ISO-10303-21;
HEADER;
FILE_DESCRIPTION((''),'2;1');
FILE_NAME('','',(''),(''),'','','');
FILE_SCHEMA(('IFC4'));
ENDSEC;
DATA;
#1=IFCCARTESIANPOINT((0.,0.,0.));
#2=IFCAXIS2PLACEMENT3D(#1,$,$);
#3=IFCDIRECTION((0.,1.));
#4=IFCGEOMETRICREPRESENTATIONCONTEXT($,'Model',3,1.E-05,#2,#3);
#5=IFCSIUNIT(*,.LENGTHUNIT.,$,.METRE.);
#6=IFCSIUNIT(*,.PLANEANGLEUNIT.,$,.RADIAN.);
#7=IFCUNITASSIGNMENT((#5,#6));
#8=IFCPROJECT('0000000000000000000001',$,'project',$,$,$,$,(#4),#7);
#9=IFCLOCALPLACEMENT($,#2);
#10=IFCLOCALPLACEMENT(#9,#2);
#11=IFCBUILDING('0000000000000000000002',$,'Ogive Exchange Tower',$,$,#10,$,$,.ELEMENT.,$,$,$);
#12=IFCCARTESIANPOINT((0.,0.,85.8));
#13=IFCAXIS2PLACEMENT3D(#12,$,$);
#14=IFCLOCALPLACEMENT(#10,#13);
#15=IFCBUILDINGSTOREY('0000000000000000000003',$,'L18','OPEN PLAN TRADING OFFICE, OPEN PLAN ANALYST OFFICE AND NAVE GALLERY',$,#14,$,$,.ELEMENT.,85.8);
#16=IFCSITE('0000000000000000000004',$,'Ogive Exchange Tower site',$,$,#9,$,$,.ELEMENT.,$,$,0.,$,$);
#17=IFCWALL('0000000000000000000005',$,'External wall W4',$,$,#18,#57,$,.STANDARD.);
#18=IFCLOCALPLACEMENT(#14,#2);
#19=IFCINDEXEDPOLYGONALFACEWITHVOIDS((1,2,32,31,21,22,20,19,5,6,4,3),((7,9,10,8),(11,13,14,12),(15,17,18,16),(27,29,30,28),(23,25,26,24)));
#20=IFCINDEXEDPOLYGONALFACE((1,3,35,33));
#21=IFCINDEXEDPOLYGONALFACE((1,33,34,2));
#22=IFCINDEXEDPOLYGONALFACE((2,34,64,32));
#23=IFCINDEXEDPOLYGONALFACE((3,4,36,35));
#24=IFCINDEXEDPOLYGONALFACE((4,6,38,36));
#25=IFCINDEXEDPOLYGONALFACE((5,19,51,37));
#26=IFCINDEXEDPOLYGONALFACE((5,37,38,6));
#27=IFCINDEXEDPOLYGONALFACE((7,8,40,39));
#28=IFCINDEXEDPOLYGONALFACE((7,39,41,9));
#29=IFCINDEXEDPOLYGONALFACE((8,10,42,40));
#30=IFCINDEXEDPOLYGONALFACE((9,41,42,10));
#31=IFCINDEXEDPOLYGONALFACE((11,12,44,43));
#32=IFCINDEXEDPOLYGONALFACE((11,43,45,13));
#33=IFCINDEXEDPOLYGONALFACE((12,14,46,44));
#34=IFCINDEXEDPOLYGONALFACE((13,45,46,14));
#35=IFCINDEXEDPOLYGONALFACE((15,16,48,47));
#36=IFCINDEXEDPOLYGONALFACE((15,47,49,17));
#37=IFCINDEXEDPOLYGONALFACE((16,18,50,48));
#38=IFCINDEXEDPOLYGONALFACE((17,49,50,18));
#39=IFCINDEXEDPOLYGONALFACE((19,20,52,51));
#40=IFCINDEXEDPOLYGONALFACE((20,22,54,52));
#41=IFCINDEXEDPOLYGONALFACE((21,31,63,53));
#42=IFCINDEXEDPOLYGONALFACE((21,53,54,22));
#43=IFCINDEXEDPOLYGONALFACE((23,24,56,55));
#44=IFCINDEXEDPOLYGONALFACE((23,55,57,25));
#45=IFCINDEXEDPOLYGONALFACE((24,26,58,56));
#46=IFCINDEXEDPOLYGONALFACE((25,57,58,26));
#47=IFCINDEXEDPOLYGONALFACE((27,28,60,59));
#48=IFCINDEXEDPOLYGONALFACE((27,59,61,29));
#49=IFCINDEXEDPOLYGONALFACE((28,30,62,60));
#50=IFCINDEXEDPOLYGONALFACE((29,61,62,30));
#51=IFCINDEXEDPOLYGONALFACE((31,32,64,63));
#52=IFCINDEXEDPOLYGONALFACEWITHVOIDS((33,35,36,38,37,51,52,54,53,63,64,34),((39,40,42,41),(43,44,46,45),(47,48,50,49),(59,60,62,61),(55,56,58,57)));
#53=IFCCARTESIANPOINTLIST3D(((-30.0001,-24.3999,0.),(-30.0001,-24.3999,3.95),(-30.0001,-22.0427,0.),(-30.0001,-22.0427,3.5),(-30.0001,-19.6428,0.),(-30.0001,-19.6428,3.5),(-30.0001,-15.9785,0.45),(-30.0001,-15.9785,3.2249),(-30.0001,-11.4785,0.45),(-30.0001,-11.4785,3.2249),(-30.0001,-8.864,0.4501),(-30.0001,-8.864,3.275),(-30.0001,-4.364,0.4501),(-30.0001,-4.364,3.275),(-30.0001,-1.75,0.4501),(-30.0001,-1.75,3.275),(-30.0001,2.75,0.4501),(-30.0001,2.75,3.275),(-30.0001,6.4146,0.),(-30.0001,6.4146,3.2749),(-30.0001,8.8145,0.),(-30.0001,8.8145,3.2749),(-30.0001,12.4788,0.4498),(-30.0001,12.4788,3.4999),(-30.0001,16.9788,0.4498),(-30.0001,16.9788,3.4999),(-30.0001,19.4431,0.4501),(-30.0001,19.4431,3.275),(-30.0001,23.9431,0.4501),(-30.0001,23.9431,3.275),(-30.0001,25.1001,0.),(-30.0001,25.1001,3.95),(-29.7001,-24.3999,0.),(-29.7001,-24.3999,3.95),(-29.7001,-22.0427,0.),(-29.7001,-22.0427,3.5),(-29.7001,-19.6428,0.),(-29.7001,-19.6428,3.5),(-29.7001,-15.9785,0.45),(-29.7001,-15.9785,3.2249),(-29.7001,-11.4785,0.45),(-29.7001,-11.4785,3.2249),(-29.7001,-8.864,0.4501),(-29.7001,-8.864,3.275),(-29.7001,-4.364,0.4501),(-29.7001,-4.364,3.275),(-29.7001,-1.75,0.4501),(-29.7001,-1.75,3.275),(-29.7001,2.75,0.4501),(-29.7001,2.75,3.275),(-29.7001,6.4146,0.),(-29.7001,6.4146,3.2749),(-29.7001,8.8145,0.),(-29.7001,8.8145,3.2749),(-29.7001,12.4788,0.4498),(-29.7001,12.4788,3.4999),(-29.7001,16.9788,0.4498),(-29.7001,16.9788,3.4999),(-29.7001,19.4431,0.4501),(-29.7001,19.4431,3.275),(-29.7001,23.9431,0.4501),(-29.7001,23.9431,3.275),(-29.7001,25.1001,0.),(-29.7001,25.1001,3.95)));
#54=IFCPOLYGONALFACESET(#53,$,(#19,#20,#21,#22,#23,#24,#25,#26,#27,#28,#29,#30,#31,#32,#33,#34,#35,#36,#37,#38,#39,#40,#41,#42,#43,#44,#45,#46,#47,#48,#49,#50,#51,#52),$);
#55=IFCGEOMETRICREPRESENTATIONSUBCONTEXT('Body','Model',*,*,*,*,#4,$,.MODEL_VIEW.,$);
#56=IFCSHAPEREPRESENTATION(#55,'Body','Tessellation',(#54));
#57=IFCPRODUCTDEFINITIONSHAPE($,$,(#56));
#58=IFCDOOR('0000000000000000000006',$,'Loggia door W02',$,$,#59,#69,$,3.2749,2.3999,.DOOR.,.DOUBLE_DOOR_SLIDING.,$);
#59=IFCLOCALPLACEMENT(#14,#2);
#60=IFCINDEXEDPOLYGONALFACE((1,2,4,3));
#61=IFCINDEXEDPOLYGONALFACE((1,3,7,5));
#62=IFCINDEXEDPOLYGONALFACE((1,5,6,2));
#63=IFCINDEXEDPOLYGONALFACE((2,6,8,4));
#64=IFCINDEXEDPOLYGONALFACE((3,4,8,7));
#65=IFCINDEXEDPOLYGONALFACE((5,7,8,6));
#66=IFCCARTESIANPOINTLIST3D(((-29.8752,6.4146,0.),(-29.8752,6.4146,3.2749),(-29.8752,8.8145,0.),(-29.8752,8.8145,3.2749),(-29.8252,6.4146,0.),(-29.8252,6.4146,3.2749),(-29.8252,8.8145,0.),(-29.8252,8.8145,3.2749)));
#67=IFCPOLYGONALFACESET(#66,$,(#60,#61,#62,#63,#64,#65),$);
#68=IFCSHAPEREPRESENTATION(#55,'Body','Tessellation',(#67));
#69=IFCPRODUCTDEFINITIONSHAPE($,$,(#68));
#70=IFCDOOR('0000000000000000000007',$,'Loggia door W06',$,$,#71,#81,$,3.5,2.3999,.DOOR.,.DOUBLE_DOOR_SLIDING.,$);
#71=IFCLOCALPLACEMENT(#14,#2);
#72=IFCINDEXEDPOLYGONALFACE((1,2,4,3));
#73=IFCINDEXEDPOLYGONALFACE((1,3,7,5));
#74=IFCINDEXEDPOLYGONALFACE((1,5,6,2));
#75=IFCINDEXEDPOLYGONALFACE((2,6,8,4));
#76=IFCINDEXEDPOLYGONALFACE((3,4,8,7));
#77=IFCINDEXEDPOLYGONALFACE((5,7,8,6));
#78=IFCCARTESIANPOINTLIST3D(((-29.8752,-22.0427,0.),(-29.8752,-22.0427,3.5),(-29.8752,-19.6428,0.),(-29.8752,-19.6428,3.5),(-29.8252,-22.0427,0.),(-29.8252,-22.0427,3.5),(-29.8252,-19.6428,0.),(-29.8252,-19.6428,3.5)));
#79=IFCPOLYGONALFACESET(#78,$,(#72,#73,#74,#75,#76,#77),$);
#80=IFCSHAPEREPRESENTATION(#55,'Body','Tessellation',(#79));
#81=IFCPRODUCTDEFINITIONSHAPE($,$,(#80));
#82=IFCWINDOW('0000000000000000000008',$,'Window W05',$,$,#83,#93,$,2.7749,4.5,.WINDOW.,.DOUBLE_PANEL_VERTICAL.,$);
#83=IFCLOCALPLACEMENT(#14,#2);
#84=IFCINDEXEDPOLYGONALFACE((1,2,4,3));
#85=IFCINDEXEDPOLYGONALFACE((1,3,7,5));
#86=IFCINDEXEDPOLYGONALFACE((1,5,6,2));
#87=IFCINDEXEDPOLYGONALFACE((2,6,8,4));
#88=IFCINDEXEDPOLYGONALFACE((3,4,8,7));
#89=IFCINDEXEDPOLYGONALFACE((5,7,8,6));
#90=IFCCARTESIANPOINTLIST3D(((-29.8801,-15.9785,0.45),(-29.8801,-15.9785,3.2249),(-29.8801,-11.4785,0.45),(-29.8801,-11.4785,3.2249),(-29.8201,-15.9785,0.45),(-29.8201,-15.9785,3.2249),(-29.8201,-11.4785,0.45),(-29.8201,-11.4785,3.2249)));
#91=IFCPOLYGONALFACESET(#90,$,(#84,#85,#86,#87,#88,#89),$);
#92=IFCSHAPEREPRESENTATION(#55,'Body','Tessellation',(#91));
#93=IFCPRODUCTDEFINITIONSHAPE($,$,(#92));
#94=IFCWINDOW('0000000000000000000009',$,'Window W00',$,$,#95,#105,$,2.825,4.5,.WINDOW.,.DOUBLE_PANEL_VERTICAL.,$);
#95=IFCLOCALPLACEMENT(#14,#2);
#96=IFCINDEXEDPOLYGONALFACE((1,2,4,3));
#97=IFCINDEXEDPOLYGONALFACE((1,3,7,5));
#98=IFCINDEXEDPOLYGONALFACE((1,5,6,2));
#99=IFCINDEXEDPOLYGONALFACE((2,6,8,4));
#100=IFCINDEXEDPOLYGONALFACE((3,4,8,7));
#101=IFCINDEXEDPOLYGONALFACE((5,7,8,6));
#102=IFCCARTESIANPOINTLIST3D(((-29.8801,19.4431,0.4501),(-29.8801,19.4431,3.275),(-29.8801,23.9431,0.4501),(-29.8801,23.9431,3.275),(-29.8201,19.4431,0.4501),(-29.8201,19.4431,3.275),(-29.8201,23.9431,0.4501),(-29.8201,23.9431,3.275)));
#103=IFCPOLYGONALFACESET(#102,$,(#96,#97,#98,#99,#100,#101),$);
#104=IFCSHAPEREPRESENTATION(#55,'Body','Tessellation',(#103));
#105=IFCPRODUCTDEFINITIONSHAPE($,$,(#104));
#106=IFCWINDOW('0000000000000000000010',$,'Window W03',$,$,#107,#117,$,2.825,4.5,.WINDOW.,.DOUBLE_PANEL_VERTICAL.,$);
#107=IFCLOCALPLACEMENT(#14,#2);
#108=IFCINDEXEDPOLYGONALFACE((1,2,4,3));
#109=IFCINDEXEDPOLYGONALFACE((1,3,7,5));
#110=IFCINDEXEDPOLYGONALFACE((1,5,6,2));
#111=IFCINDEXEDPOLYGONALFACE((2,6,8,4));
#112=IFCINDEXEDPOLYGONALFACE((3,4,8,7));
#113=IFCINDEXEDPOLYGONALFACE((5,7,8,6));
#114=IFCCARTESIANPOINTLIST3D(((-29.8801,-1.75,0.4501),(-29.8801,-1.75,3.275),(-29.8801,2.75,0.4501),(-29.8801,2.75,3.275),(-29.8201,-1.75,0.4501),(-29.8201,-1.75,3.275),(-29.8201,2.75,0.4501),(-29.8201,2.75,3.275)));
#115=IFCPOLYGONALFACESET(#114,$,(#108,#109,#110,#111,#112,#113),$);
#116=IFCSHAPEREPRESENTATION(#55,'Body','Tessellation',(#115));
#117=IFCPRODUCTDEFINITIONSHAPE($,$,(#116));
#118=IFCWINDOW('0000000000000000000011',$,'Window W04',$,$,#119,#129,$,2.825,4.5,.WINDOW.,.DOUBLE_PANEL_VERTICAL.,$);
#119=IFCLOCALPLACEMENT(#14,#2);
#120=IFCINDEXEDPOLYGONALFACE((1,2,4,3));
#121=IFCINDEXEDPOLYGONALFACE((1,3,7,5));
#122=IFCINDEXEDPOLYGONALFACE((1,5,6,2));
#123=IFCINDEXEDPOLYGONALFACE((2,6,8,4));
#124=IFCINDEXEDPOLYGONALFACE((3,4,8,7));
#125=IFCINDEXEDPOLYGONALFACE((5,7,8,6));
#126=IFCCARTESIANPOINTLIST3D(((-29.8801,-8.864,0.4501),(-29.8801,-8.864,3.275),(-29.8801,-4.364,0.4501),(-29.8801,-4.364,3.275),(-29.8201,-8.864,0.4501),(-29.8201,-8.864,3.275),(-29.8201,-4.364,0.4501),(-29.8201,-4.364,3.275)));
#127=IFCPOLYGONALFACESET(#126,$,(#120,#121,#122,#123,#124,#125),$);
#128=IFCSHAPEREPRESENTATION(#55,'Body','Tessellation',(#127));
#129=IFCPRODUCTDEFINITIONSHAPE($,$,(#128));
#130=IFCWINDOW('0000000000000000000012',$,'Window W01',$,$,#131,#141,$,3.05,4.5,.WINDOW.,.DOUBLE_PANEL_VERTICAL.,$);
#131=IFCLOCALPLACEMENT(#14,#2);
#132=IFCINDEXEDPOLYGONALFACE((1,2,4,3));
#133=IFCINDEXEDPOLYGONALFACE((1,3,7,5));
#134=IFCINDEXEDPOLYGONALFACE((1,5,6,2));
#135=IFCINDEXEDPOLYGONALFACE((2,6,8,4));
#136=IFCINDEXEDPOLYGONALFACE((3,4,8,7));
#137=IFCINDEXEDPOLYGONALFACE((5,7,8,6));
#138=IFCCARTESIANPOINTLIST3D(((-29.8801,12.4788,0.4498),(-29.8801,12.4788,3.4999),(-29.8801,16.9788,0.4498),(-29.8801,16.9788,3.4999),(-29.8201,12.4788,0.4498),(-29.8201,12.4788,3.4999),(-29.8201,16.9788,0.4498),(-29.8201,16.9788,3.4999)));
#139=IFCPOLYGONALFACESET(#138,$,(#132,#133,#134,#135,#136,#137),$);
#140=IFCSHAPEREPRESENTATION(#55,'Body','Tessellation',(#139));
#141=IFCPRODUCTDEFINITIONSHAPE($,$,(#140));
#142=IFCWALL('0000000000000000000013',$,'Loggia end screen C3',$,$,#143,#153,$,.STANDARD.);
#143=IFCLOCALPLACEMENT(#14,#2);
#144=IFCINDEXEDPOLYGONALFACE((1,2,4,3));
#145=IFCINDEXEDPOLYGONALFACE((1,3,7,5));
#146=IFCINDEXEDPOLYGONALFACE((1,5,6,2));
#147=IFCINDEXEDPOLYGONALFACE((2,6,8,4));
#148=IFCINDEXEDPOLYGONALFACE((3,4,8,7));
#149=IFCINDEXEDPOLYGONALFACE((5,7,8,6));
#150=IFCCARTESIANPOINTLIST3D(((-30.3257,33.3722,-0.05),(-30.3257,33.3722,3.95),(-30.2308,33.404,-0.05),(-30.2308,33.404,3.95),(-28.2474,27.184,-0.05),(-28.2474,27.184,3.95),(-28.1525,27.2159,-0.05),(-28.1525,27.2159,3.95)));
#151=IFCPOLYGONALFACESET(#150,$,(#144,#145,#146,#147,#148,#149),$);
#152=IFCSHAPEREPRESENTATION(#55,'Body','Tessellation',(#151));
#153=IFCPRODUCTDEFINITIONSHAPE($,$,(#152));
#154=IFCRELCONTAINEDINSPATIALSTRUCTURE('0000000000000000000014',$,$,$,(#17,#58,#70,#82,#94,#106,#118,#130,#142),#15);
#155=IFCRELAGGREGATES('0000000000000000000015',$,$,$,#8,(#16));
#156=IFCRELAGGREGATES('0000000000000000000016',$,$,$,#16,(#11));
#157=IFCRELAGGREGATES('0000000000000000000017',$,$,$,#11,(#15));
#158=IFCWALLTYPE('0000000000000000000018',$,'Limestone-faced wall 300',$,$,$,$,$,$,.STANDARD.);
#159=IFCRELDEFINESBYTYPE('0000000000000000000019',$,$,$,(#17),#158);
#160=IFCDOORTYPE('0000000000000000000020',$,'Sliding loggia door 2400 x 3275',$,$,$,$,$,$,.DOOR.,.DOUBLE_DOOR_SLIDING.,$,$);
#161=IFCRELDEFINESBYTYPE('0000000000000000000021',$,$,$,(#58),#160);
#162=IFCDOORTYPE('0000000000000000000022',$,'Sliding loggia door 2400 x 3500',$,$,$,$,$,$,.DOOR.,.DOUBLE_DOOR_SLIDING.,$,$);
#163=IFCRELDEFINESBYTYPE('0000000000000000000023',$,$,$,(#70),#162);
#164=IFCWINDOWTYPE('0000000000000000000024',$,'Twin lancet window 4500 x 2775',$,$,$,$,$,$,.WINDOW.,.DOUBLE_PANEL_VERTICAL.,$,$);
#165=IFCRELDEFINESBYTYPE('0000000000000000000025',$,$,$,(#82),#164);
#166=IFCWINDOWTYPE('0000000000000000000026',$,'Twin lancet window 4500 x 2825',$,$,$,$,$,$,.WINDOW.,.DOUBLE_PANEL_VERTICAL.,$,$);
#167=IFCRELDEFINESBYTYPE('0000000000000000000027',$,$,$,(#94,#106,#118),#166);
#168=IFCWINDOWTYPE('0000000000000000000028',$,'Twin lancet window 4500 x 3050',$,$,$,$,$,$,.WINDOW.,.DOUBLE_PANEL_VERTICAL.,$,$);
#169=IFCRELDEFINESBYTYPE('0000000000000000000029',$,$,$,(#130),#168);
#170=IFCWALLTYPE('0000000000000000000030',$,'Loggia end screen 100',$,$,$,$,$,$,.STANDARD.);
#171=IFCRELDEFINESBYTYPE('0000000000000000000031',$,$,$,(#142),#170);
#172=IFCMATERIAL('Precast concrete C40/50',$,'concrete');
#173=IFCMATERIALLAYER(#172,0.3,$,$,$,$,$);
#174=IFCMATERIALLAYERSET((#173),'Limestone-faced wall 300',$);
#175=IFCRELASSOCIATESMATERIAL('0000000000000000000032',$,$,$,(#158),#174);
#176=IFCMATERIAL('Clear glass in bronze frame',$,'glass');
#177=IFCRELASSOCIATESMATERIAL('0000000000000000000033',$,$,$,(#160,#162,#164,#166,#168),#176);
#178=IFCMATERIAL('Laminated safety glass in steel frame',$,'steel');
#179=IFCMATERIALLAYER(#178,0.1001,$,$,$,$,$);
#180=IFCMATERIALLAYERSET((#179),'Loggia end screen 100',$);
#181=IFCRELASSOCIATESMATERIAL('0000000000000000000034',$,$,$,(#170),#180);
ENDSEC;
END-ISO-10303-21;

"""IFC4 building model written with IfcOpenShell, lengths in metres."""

from ifc_helpers import new_model, si_unit, direction, frame, frame_2d, origin, place, context, subcontext, project, spatial, rectangle, extrude, material, layer, layer_set, type_object, element, fill, save


model = new_model("IFC4")

# Units and contexts
model_context = context("Model", 3, precision=1e-05, world=origin(), true_north=direction((0.0, 1.0)))
body_context = subcontext(model_context, "Body", "Model", "MODEL_VIEW")
ifc_project = project(units=[si_unit("LENGTHUNIT", "METRE"), si_unit("PLANEANGLEUNIT", "RADIAN")], contexts=[model_context])

# Site, building, storey
site_placement = place(None, origin())
site = spatial("IfcSite", under=ifc_project, at=site_placement, Name="Ogive Exchange Tower site", CompositionType="ELEMENT", RefElevation=0.0)
building_placement = place(site_placement, origin())
building = spatial("IfcBuilding", under=site, at=building_placement, Name="Ogive Exchange Tower", CompositionType="ELEMENT")
storey_placement = place(building_placement, frame((0.0, 0.0, 85.8)))
storey = spatial("IfcBuildingStorey", under=building, at=storey_placement, Name="L18", Description="OPEN PLAN TRADING OFFICE, OPEN PLAN ANALYST OFFICE AND NAVE GALLERY", CompositionType="ELEMENT", Elevation=85.8)

# Wall, openings, doors, windows
ifc_material_1 = material(Name="Precast concrete C40/50", Category="concrete")
ifc_layer_1 = layer(ifc_material_1, 0.3)
ifc_layer_set_1 = layer_set([ifc_layer_1], Name="Limestone-faced wall 300")
wall_type_1 = type_object("IfcWallType", Name="Limestone-faced wall 300", PredefinedType="STANDARD", material=ifc_layer_set_1)
wall_1_placement = place(storey_placement, frame((-29.8501, 25.1001, 0.0), z_axis=(0.0, 0.0, 1.0), x_axis=(0.0, -1.0, 0.0)))
wall_1 = element("IfcWall", 1, at=wall_1_placement, inside=storey, type_object=wall_type_1, Name="External wall W4", PredefinedType="STANDARD", context=body_context, shape_type="SweptSolid", body=[
    extrude(rectangle(XDim=49.5, YDim=0.3, at=frame_2d((24.75, 0.0))), origin(), (0.0, 0.0, 1.0), 3.95),
])
opening_1_placement = place(wall_1_placement, frame((1.157, 0.0, 0.45)))
opening_1 = element("IfcOpeningElement", 2, at=opening_1_placement, cuts=wall_1, PredefinedType="OPENING", context=body_context, shape_type="SweptSolid", body=[
    extrude(rectangle(XDim=4.5, YDim=2.825, at=frame_2d((2.25, 1.4126))), frame((0.0, 0.1599, 0.0), z_axis=(0.0, -1.0, 0.0), x_axis=(1.0, 0.0, 0.0)), (0.0, 0.0, 1.0), 0.3201),
])
opening_2_placement = place(wall_1_placement, frame((8.1213, 0.0, 0.45)))
opening_2 = element("IfcOpeningElement", 3, at=opening_2_placement, cuts=wall_1, PredefinedType="OPENING", context=body_context, shape_type="SweptSolid", body=[
    extrude(rectangle(XDim=4.5, YDim=3.05, at=frame_2d((2.25, 1.5249))), frame((0.0, 0.1599, 0.0), z_axis=(0.0, -1.0, 0.0), x_axis=(1.0, 0.0, 0.0)), (0.0, 0.0, 1.0), 0.3201),
])
opening_3_placement = place(wall_1_placement, frame((16.2856, 0.0, 0.0)))
opening_3 = element("IfcOpeningElement", 4, at=opening_3_placement, cuts=wall_1, PredefinedType="OPENING", context=body_context, shape_type="SweptSolid", body=[
    extrude(rectangle(XDim=2.3999, YDim=3.2749, at=frame_2d((1.2, 1.6375))), frame((0.0, 0.1599, 0.0), z_axis=(0.0, -1.0, 0.0), x_axis=(1.0, 0.0, 0.0)), (0.0, 0.0, 1.0), 0.3201),
])
opening_4_placement = place(wall_1_placement, frame((22.3501, 0.0, 0.45)))
opening_4 = element("IfcOpeningElement", 5, at=opening_4_placement, cuts=wall_1, PredefinedType="OPENING", context=body_context, shape_type="SweptSolid", body=[
    extrude(rectangle(XDim=4.5, YDim=2.825, at=frame_2d((2.25, 1.4126))), frame((0.0, 0.1599, 0.0), z_axis=(0.0, -1.0, 0.0), x_axis=(1.0, 0.0, 0.0)), (0.0, 0.0, 1.0), 0.3201),
])
opening_5_placement = place(wall_1_placement, frame((29.4641, 0.0, 0.45)))
opening_5 = element("IfcOpeningElement", 6, at=opening_5_placement, cuts=wall_1, PredefinedType="OPENING", context=body_context, shape_type="SweptSolid", body=[
    extrude(rectangle(XDim=4.5, YDim=2.825, at=frame_2d((2.25, 1.4126))), frame((0.0, 0.1599, 0.0), z_axis=(0.0, -1.0, 0.0), x_axis=(1.0, 0.0, 0.0)), (0.0, 0.0, 1.0), 0.3201),
])
opening_6_placement = place(wall_1_placement, frame((36.5786, 0.0, 0.45)))
opening_6 = element("IfcOpeningElement", 7, at=opening_6_placement, cuts=wall_1, PredefinedType="OPENING", context=body_context, shape_type="SweptSolid", body=[
    extrude(rectangle(XDim=4.5, YDim=2.7749, at=frame_2d((2.25, 1.3875))), frame((0.0, 0.1599, 0.0), z_axis=(0.0, -1.0, 0.0), x_axis=(1.0, 0.0, 0.0)), (0.0, 0.0, 1.0), 0.3201),
])
opening_7_placement = place(wall_1_placement, frame((44.7429, 0.0, 0.0)))
opening_7 = element("IfcOpeningElement", 8, at=opening_7_placement, cuts=wall_1, PredefinedType="OPENING", context=body_context, shape_type="SweptSolid", body=[
    extrude(rectangle(XDim=2.3999, YDim=3.5, at=frame_2d((1.2, 1.75))), frame((0.0, 0.1599, 0.0), z_axis=(0.0, -1.0, 0.0), x_axis=(1.0, 0.0, 0.0)), (0.0, 0.0, 1.0), 0.3201),
])
ifc_material_2 = material(Name="Clear glass in bronze frame", Category="glass")
door_type_1 = type_object("IfcDoorType", Name="Sliding loggia door 2400 x 3275", OperationType="DOUBLE_DOOR_SLIDING", PredefinedType="DOOR", material=ifc_material_2)
door_1_placement = place(opening_3_placement, origin())
door_1 = element("IfcDoor", 9, at=door_1_placement, inside=storey, type_object=door_type_1, Name="Loggia door W02", OperationType="DOUBLE_DOOR_SLIDING", OverallHeight=3.2749, OverallWidth=2.3999, PredefinedType="DOOR", context=body_context, shape_type="SweptSolid", body=[
    extrude(rectangle(XDim=2.3999, YDim=3.2749, at=frame_2d((1.2, 1.6375))), frame((0.0, 0.0249, 0.0), z_axis=(0.0, -1.0, 0.0), x_axis=(1.0, 0.0, 0.0)), (0.0, 0.0, 1.0), 0.05),
])
fill(opening_3, door_1)
door_type_2 = type_object("IfcDoorType", Name="Sliding loggia door 2400 x 3500", OperationType="DOUBLE_DOOR_SLIDING", PredefinedType="DOOR", material=ifc_material_2)
door_2_placement = place(opening_7_placement, origin())
door_2 = element("IfcDoor", 10, at=door_2_placement, inside=storey, type_object=door_type_2, Name="Loggia door W06", OperationType="DOUBLE_DOOR_SLIDING", OverallHeight=3.5, OverallWidth=2.3999, PredefinedType="DOOR", context=body_context, shape_type="SweptSolid", body=[
    extrude(rectangle(XDim=2.3999, YDim=3.5, at=frame_2d((1.2, 1.75))), frame((0.0, 0.0249, 0.0), z_axis=(0.0, -1.0, 0.0), x_axis=(1.0, 0.0, 0.0)), (0.0, 0.0, 1.0), 0.05),
])
fill(opening_7, door_2)
window_type_1 = type_object("IfcWindowType", Name="Twin lancet window 4500 x 2775", PartitioningType="DOUBLE_PANEL_VERTICAL", PredefinedType="WINDOW", material=ifc_material_2)
window_1_placement = place(opening_6_placement, origin())
window_1 = element("IfcWindow", 11, at=window_1_placement, inside=storey, type_object=window_type_1, Name="Window W05", OverallHeight=2.7749, OverallWidth=4.5, PartitioningType="DOUBLE_PANEL_VERTICAL", PredefinedType="WINDOW", context=body_context, shape_type="SweptSolid", body=[
    extrude(rectangle(XDim=4.5, YDim=2.7749, at=frame_2d((2.25, 1.3875))), frame((0.0, 0.03, 0.0), z_axis=(0.0, -1.0, 0.0), x_axis=(1.0, 0.0, 0.0)), (0.0, 0.0, 1.0), 0.0601),
])
fill(opening_6, window_1)
window_type_2 = type_object("IfcWindowType", Name="Twin lancet window 4500 x 2825", PartitioningType="DOUBLE_PANEL_VERTICAL", PredefinedType="WINDOW", material=ifc_material_2)
window_2_placement = place(opening_1_placement, origin())
window_2 = element("IfcWindow", 12, at=window_2_placement, inside=storey, type_object=window_type_2, Name="Window W00", OverallHeight=2.825, OverallWidth=4.5, PartitioningType="DOUBLE_PANEL_VERTICAL", PredefinedType="WINDOW", context=body_context, shape_type="SweptSolid", body=[
    extrude(rectangle(XDim=4.5, YDim=2.825, at=frame_2d((2.25, 1.4126))), frame((0.0, 0.03, 0.0), z_axis=(0.0, -1.0, 0.0), x_axis=(1.0, 0.0, 0.0)), (0.0, 0.0, 1.0), 0.0601),
])
fill(opening_1, window_2)
window_3_placement = place(opening_4_placement, origin())
window_3 = element("IfcWindow", 13, at=window_3_placement, inside=storey, type_object=window_type_2, Name="Window W03", OverallHeight=2.825, OverallWidth=4.5, PartitioningType="DOUBLE_PANEL_VERTICAL", PredefinedType="WINDOW", context=body_context, shape_type="SweptSolid", body=[
    extrude(rectangle(XDim=4.5, YDim=2.825, at=frame_2d((2.25, 1.4126))), frame((0.0, 0.03, 0.0), z_axis=(0.0, -1.0, 0.0), x_axis=(1.0, 0.0, 0.0)), (0.0, 0.0, 1.0), 0.0601),
])
fill(opening_4, window_3)
window_4_placement = place(opening_5_placement, origin())
window_4 = element("IfcWindow", 14, at=window_4_placement, inside=storey, type_object=window_type_2, Name="Window W04", OverallHeight=2.825, OverallWidth=4.5, PartitioningType="DOUBLE_PANEL_VERTICAL", PredefinedType="WINDOW", context=body_context, shape_type="SweptSolid", body=[
    extrude(rectangle(XDim=4.5, YDim=2.825, at=frame_2d((2.25, 1.4126))), frame((0.0, 0.03, 0.0), z_axis=(0.0, -1.0, 0.0), x_axis=(1.0, 0.0, 0.0)), (0.0, 0.0, 1.0), 0.0601),
])
fill(opening_5, window_4)
window_type_3 = type_object("IfcWindowType", Name="Twin lancet window 4500 x 3050", PartitioningType="DOUBLE_PANEL_VERTICAL", PredefinedType="WINDOW", material=ifc_material_2)
window_5_placement = place(opening_2_placement, origin())
window_5 = element("IfcWindow", 15, at=window_5_placement, inside=storey, type_object=window_type_3, Name="Window W01", OverallHeight=3.05, OverallWidth=4.5, PartitioningType="DOUBLE_PANEL_VERTICAL", PredefinedType="WINDOW", context=body_context, shape_type="SweptSolid", body=[
    extrude(rectangle(XDim=4.5, YDim=3.05, at=frame_2d((2.25, 1.5249))), frame((0.0, 0.03, 0.0), z_axis=(0.0, -1.0, 0.0), x_axis=(1.0, 0.0, 0.0)), (0.0, 0.0, 1.0), 0.0601),
])
fill(opening_2, window_5)

# Wall
ifc_material_3 = material(Name="Laminated safety glass in steel frame", Category="steel")
ifc_layer_2 = layer(ifc_material_3, 0.1001)
ifc_layer_set_2 = layer_set([ifc_layer_2], Name="Loggia end screen 100")
wall_type_2 = type_object("IfcWallType", Name="Loggia end screen 100", PredefinedType="STANDARD", material=ifc_layer_set_2)
wall_2_placement = place(storey_placement, frame((-28.2, 27.2, -0.05), z_axis=(0.0, 0.0, 1.0), x_axis=(-0.318381, 0.947963, 0.0)))
element("IfcWall", 16, at=wall_2_placement, inside=storey, type_object=wall_type_2, Name="Loggia end screen C3", PredefinedType="STANDARD", context=body_context, shape_type="SweptSolid", body=[
    extrude(rectangle(XDim=6.5278, YDim=0.1001, at=frame_2d((3.2639, 0.0))), origin(), (0.0, 0.0, 1.0), 4.0),
])

save(model, "model.ifc")
